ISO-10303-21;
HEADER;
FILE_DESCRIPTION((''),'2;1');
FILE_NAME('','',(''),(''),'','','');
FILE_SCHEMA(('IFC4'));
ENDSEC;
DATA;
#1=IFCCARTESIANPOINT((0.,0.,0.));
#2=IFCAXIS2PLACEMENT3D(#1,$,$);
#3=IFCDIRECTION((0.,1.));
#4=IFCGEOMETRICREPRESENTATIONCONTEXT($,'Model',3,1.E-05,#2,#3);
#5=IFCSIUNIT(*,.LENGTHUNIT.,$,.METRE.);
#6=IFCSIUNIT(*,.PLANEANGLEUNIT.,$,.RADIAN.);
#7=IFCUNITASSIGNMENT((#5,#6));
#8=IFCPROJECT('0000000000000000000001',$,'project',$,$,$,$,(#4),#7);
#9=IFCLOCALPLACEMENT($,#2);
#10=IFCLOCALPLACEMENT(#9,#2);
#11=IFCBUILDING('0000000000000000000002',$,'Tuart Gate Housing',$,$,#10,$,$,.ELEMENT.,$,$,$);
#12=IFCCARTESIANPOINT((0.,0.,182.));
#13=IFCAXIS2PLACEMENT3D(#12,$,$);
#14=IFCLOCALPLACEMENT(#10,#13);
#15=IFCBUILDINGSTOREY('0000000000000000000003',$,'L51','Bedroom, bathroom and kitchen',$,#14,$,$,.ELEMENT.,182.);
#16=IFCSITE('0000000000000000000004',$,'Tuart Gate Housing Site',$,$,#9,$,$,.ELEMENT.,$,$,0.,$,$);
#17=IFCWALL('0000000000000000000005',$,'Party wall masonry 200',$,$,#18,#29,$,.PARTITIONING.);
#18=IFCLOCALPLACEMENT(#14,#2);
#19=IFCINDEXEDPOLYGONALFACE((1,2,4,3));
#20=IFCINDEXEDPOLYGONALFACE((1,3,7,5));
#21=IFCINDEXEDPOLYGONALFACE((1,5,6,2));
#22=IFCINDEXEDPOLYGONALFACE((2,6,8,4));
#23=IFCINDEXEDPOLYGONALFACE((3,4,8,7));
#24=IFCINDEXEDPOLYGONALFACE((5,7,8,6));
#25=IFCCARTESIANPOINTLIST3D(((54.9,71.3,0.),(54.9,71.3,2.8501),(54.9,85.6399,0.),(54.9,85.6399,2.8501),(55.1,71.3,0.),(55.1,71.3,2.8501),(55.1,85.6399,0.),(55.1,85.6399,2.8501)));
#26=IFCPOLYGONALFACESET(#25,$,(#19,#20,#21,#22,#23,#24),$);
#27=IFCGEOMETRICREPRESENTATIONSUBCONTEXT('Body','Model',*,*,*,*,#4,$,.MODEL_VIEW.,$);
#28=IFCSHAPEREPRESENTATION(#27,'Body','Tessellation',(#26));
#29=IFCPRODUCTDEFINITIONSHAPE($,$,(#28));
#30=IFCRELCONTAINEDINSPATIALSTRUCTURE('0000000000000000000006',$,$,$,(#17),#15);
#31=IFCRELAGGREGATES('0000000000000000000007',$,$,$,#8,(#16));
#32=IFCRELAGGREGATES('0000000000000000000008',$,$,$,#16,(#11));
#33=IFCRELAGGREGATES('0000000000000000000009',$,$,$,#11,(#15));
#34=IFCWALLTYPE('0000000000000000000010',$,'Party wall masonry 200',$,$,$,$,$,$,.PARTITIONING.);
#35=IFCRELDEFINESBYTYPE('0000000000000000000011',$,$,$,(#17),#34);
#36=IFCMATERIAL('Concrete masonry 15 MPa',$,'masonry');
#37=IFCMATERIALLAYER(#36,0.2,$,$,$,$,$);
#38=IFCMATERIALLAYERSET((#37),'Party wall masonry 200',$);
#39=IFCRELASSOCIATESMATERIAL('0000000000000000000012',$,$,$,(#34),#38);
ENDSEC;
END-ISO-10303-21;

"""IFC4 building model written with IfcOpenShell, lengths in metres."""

from ifc_helpers import new_model, si_unit, direction, frame, frame_2d, origin, place, context, subcontext, project, spatial, rectangle, extrude, material, layer, layer_set, type_object, element, save


model = new_model("IFC4")

# Units and contexts
model_context = context("Model", 3, precision=1e-05, world=origin(), true_north=direction((0.0, 1.0)))
body_context = subcontext(model_context, "Body", "Model", "MODEL_VIEW")
ifc_project = project(units=[si_unit("LENGTHUNIT", "METRE"), si_unit("PLANEANGLEUNIT", "RADIAN")], contexts=[model_context])

# Site, building, storey
site_placement = place(None, origin())
site = spatial("IfcSite", under=ifc_project, at=site_placement, Name="Tuart Gate Housing Site", CompositionType="ELEMENT", RefElevation=0.0)
building_placement = place(site_placement, origin())
building = spatial("IfcBuilding", under=site, at=building_placement, Name="Tuart Gate Housing", CompositionType="ELEMENT")
storey_placement = place(building_placement, frame((0.0, 0.0, 182.0)))
storey = spatial("IfcBuildingStorey", under=building, at=storey_placement, Name="L51", Description="Bedroom, bathroom and kitchen", CompositionType="ELEMENT", Elevation=182.0)

# Wall
ifc_material_1 = material(Name="Concrete masonry 15 MPa", Category="masonry")
ifc_layer_1 = layer(ifc_material_1, 0.2)
ifc_layer_set_1 = layer_set([ifc_layer_1], Name="Party wall masonry 200")
wall_type_1 = type_object("IfcWallType", Name="Party wall masonry 200", PredefinedType="PARTITIONING", material=ifc_layer_set_1)
wall_1_placement = place(storey_placement, frame((55.0, 71.3, 0.0), z_axis=(0.0, 0.0, 1.0), x_axis=(0.0, 1.0, 0.0)))
element("IfcWall", 1, at=wall_1_placement, inside=storey, type_object=wall_type_1, Name="Party wall masonry 200", PredefinedType="PARTITIONING", context=body_context, shape_type="SweptSolid", body=[
    extrude(rectangle(XDim=14.3398, YDim=0.2, at=frame_2d((7.1699, 0.0))), origin(), (0.0, 0.0, 1.0), 2.8501),
])

save(model, "model.ifc")
